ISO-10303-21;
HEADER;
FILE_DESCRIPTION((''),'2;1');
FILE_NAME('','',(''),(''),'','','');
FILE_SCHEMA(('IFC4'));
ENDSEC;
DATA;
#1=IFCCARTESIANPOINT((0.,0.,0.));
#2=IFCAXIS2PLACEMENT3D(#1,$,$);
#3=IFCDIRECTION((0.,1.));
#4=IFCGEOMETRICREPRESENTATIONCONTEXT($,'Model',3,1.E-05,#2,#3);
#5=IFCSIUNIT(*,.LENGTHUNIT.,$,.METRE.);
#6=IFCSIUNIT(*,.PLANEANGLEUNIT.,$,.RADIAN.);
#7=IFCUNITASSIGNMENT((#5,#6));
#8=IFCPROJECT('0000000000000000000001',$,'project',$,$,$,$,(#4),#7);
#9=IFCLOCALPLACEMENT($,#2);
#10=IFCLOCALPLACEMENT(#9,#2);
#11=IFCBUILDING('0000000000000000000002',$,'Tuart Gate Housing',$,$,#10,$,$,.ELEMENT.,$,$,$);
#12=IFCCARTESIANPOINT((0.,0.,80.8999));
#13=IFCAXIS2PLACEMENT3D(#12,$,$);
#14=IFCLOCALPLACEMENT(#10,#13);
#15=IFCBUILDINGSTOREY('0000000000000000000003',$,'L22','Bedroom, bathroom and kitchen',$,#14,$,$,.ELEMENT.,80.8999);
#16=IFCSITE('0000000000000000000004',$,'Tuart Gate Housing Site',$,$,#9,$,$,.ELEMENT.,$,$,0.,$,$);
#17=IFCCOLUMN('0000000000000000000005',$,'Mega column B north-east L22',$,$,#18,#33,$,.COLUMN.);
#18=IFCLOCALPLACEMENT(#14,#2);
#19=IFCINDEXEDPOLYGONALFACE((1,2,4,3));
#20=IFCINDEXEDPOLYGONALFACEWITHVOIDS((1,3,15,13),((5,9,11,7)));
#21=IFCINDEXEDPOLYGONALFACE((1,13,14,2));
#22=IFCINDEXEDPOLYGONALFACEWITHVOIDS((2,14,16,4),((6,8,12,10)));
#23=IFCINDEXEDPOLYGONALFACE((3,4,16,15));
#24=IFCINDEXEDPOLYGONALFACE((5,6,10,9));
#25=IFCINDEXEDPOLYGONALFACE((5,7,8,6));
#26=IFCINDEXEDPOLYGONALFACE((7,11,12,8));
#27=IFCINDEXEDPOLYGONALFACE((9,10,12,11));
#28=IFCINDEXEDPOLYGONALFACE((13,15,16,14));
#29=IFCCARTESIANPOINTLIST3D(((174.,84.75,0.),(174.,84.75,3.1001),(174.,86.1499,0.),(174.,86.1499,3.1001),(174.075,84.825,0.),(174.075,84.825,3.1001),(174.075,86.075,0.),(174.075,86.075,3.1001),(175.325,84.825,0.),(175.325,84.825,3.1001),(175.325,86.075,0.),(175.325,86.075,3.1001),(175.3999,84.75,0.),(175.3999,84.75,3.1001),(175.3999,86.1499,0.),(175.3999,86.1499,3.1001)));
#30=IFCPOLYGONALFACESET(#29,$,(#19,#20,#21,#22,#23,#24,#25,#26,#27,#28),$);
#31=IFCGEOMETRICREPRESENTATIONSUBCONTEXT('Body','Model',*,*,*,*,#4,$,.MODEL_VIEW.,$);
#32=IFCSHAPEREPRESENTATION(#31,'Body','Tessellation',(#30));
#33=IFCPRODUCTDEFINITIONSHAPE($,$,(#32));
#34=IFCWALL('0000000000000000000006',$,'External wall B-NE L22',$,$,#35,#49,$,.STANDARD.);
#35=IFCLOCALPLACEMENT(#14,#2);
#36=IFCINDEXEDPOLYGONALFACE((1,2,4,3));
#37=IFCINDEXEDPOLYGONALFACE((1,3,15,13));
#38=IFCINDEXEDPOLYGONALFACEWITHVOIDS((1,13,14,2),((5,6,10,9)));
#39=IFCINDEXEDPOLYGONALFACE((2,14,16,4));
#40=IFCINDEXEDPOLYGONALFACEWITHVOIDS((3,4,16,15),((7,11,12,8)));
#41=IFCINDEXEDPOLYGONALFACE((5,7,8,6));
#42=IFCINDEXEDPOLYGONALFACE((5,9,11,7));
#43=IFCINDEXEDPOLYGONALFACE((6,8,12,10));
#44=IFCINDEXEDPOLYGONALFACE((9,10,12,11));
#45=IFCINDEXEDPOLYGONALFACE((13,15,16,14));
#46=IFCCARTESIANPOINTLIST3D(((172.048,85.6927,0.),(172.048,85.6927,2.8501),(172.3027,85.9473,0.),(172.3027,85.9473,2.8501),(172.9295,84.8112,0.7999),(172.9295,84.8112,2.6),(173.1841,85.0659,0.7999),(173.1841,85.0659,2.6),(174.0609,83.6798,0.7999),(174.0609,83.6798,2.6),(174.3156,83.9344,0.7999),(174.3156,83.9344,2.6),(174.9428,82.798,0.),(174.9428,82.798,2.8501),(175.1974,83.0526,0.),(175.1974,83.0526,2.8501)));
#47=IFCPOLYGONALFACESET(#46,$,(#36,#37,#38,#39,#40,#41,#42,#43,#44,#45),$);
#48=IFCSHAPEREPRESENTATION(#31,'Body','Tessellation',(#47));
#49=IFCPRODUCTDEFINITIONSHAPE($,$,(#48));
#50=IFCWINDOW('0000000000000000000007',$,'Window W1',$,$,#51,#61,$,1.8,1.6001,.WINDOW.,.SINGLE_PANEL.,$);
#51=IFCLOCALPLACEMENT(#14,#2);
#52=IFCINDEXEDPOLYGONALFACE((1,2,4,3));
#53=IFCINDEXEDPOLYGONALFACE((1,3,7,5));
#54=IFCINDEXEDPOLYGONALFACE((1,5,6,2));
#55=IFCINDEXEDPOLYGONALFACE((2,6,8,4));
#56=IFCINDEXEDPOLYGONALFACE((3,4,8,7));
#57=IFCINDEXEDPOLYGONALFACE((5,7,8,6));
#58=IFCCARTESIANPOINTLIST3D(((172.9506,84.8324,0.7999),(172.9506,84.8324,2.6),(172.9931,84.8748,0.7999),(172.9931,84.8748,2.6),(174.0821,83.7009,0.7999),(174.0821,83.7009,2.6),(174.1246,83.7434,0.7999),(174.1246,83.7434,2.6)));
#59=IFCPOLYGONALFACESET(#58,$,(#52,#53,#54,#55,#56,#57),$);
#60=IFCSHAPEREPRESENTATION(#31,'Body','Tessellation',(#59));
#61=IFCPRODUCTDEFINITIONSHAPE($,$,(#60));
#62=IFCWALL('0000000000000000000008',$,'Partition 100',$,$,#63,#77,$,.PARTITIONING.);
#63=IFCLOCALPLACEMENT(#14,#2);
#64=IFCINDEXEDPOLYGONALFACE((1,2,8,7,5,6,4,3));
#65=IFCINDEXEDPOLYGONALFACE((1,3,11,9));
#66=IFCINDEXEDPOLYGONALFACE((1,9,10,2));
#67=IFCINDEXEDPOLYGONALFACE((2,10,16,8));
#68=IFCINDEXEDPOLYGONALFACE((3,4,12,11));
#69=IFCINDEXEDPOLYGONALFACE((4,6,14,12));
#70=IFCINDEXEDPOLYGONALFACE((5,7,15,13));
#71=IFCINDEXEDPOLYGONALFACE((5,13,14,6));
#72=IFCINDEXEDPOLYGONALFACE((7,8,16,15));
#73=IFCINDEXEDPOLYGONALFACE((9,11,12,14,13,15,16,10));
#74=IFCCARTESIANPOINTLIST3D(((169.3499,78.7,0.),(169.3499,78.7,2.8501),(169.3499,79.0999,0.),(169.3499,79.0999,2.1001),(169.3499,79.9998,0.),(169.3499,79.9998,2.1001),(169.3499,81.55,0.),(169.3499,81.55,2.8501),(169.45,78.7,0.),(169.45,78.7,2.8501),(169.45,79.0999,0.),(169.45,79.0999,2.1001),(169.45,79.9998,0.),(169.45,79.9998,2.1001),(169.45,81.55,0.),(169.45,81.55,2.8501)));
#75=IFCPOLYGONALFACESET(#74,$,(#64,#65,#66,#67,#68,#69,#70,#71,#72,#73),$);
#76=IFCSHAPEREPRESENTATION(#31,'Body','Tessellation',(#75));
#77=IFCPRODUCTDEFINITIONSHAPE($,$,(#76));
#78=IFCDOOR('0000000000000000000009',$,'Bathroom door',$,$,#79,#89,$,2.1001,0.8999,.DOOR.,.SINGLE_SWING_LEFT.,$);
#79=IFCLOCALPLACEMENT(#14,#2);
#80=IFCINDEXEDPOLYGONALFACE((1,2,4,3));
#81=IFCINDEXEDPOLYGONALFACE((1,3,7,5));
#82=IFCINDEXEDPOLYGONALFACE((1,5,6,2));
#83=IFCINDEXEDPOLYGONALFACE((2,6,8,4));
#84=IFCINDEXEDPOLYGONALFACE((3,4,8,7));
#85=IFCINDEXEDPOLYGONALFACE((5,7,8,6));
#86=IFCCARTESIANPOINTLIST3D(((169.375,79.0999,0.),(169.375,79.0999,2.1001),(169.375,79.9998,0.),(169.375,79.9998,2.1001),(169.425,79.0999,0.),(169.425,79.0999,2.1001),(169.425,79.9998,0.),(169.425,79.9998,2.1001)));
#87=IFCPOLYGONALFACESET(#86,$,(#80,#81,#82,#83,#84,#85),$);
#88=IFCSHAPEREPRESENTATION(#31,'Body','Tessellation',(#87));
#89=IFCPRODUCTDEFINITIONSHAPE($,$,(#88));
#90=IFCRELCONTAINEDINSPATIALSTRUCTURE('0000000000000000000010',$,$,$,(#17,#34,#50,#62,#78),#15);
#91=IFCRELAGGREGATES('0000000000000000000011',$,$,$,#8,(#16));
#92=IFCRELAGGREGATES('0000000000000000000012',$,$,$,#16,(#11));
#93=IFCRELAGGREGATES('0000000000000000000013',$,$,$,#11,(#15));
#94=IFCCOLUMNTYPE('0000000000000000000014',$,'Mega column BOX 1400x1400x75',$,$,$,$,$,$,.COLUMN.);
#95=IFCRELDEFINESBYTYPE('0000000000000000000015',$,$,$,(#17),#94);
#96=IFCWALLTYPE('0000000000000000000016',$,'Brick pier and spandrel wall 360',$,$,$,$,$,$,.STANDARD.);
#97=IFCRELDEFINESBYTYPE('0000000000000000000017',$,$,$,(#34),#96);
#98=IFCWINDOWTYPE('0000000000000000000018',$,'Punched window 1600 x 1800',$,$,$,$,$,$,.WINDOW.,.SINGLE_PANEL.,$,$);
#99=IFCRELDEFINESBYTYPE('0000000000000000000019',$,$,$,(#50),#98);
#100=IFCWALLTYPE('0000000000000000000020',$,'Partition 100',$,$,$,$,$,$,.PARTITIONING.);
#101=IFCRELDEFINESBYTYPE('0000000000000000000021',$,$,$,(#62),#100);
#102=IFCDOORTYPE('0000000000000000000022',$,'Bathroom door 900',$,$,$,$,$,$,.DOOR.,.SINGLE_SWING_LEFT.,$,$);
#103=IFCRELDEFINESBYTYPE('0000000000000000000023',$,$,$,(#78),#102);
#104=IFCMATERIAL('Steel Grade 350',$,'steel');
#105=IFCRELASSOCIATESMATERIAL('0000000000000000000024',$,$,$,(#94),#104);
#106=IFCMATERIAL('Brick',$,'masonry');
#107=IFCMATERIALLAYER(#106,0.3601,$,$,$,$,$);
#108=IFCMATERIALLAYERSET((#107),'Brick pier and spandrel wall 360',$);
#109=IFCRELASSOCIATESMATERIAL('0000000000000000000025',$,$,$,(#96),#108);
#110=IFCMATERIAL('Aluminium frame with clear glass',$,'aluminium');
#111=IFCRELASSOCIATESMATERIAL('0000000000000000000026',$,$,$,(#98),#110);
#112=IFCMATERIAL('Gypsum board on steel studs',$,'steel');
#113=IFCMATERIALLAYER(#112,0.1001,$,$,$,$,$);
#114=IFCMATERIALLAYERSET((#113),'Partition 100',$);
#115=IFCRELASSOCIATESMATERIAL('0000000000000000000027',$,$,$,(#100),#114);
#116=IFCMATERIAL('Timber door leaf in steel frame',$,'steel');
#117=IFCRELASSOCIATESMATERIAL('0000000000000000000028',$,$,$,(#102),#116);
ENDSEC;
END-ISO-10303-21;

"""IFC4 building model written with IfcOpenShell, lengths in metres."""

from ifc_helpers import new_model, si_unit, direction, frame, frame_2d, origin, origin_2d, place, context, subcontext, project, spatial, rectangle, hollow_rectangle, extrude, material, layer, layer_set, material_profile, profile_set, type_object, element, fill, save


model = new_model("IFC4")

# Units and contexts
model_context = context("Model", 3, precision=1e-05, world=origin(), true_north=direction((0.0, 1.0)))
body_context = subcontext(model_context, "Body", "Model", "MODEL_VIEW")
ifc_project = project(units=[si_unit("LENGTHUNIT", "METRE"), si_unit("PLANEANGLEUNIT", "RADIAN")], contexts=[model_context])

# Site, building, storey
site_placement = place(None, origin())
site = spatial("IfcSite", under=ifc_project, at=site_placement, Name="Tuart Gate Housing Site", CompositionType="ELEMENT", RefElevation=0.0)
building_placement = place(site_placement, origin())
building = spatial("IfcBuilding", under=site, at=building_placement, Name="Tuart Gate Housing", CompositionType="ELEMENT")
storey_placement = place(building_placement, frame((0.0, 0.0, 80.8999)))
storey = spatial("IfcBuildingStorey", under=building, at=storey_placement, Name="L22", Description="Bedroom, bathroom and kitchen", CompositionType="ELEMENT", Elevation=80.8999)

# Column
ifc_material_1 = material(Name="Steel Grade 350", Category="steel")
ifc_material_profile = material_profile(ifc_material_1, hollow_rectangle(XDim=1.3999, YDim=1.3999, WallThickness=0.075, at=origin_2d()), Name="BOX 1400x1400x75")
ifc_profile_set = profile_set([ifc_material_profile], Name="Steel Grade 350")
column_type = type_object("IfcColumnType", Name="Mega column BOX 1400x1400x75", PredefinedType="COLUMN", material=ifc_profile_set)
column_placement = place(storey_placement, frame((174.7, 85.45, 0.0), z_axis=(0.0, 0.0, 1.0), x_axis=(1.0, 0.0, 0.0)))
element("IfcColumn", 1, at=column_placement, inside=storey, type_object=column_type, Name="Mega column B north-east L22", PredefinedType="COLUMN", context=body_context, shape_type="SweptSolid", body=[
    extrude(hollow_rectangle(XDim=1.3999, YDim=1.3999, WallThickness=0.075, at=origin_2d()), origin(), (0.0, 0.0, 1.0), 3.1001),
])

# Wall, opening, window
ifc_material_2 = material(Name="Brick", Category="masonry")
ifc_layer_1 = layer(ifc_material_2, 0.3601)
ifc_layer_set_1 = layer_set([ifc_layer_1], Name="Brick pier and spandrel wall 360")
wall_type_1 = type_object("IfcWallType", Name="Brick pier and spandrel wall 360", PredefinedType="STANDARD", material=ifc_layer_set_1)
wall_1_placement = place(storey_placement, frame((175.0701, 82.9253, 0.0), z_axis=(0.0, 0.0, 1.0), x_axis=(-0.707107, 0.707107, 0.0)))
wall_1 = element("IfcWall", 2, at=wall_1_placement, inside=storey, type_object=wall_type_1, Name="External wall B-NE L22", PredefinedType="STANDARD", context=body_context, shape_type="SweptSolid", body=[
    extrude(rectangle(XDim=4.0938, YDim=0.3601, at=frame_2d((2.0469, 0.0))), origin(), (0.0, 0.0, 1.0), 2.8501),
])
opening_1_placement = place(wall_1_placement, frame((1.2471, 0.0, 0.8)))
opening_1 = element("IfcOpeningElement", 3, at=opening_1_placement, cuts=wall_1, PredefinedType="OPENING", context=body_context, shape_type="SweptSolid", body=[
    extrude(rectangle(XDim=1.6001, YDim=1.8, at=frame_2d((0.8, 0.8999))), frame((0.0, 0.1899, 0.0), z_axis=(0.0, -1.0, 0.0), x_axis=(1.0, 0.0, 0.0)), (0.0, 0.0, 1.0), 0.3801),
])
ifc_material_3 = material(Name="Aluminium frame with clear glass", Category="aluminium")
window_type_1 = type_object("IfcWindowType", Name="Punched window 1600 x 1800", PartitioningType="SINGLE_PANEL", PredefinedType="WINDOW", material=ifc_material_3)
window_1_placement = place(opening_1_placement, origin())
window_1 = element("IfcWindow", 4, at=window_1_placement, inside=storey, type_object=window_type_1, Name="Window W1", OverallHeight=1.8, OverallWidth=1.6001, PartitioningType="SINGLE_PANEL", PredefinedType="WINDOW", context=body_context, shape_type="SweptSolid", body=[
    extrude(rectangle(XDim=1.6001, YDim=1.8, at=frame_2d((0.8, 0.8999))), frame((0.0, 0.1501, 0.0), z_axis=(0.0, -1.0, 0.0), x_axis=(1.0, 0.0, 0.0)), (0.0, 0.0, 1.0), 0.0601),
])
fill(opening_1, window_1)

# Wall, opening, door
ifc_material_4 = material(Name="Gypsum board on steel studs", Category="steel")
ifc_layer_2 = layer(ifc_material_4, 0.1001)
ifc_layer_set_2 = layer_set([ifc_layer_2], Name="Partition 100")
wall_type_2 = type_object("IfcWallType", Name="Partition 100", PredefinedType="PARTITIONING", material=ifc_layer_set_2)
wall_2_placement = place(storey_placement, frame((169.3999, 78.7, 0.0), z_axis=(0.0, 0.0, 1.0), x_axis=(0.0, 1.0, 0.0)))
wall_2 = element("IfcWall", 5, at=wall_2_placement, inside=storey, type_object=wall_type_2, Name="Partition 100", PredefinedType="PARTITIONING", context=body_context, shape_type="SweptSolid", body=[
    extrude(rectangle(XDim=2.8501, YDim=0.1001, at=frame_2d((1.425, 0.0))), origin(), (0.0, 0.0, 1.0), 2.8501),
])
opening_2_placement = place(wall_2_placement, frame((0.3999, 0.0, 0.0)))
opening_2 = element("IfcOpeningElement", 6, at=opening_2_placement, cuts=wall_2, PredefinedType="OPENING", context=body_context, shape_type="SweptSolid", body=[
    extrude(rectangle(XDim=0.8999, YDim=2.1001, at=frame_2d((0.45, 1.05))), frame((0.0, 0.0601, 0.0), z_axis=(0.0, -1.0, 0.0), x_axis=(1.0, 0.0, 0.0)), (0.0, 0.0, 1.0), 0.1201),
])
ifc_material_5 = material(Name="Timber door leaf in steel frame", Category="steel")
door_type = type_object("IfcDoorType", Name="Bathroom door 900", OperationType="SINGLE_SWING_LEFT", PredefinedType="DOOR", material=ifc_material_5)
door_placement = place(opening_2_placement, origin())
door = element("IfcDoor", 7, at=door_placement, inside=storey, type_object=door_type, Name="Bathroom door", OperationType="SINGLE_SWING_LEFT", OverallHeight=2.1001, OverallWidth=0.8999, PredefinedType="DOOR", context=body_context, shape_type="SweptSolid", body=[
    extrude(rectangle(XDim=0.8999, YDim=2.1001, at=frame_2d((0.45, 1.05))), frame((0.0, 0.0249, 0.0), z_axis=(0.0, -1.0, 0.0), x_axis=(1.0, 0.0, 0.0)), (0.0, 0.0, 1.0), 0.05),
])
fill(opening_2, door)

save(model, "model.ifc")
